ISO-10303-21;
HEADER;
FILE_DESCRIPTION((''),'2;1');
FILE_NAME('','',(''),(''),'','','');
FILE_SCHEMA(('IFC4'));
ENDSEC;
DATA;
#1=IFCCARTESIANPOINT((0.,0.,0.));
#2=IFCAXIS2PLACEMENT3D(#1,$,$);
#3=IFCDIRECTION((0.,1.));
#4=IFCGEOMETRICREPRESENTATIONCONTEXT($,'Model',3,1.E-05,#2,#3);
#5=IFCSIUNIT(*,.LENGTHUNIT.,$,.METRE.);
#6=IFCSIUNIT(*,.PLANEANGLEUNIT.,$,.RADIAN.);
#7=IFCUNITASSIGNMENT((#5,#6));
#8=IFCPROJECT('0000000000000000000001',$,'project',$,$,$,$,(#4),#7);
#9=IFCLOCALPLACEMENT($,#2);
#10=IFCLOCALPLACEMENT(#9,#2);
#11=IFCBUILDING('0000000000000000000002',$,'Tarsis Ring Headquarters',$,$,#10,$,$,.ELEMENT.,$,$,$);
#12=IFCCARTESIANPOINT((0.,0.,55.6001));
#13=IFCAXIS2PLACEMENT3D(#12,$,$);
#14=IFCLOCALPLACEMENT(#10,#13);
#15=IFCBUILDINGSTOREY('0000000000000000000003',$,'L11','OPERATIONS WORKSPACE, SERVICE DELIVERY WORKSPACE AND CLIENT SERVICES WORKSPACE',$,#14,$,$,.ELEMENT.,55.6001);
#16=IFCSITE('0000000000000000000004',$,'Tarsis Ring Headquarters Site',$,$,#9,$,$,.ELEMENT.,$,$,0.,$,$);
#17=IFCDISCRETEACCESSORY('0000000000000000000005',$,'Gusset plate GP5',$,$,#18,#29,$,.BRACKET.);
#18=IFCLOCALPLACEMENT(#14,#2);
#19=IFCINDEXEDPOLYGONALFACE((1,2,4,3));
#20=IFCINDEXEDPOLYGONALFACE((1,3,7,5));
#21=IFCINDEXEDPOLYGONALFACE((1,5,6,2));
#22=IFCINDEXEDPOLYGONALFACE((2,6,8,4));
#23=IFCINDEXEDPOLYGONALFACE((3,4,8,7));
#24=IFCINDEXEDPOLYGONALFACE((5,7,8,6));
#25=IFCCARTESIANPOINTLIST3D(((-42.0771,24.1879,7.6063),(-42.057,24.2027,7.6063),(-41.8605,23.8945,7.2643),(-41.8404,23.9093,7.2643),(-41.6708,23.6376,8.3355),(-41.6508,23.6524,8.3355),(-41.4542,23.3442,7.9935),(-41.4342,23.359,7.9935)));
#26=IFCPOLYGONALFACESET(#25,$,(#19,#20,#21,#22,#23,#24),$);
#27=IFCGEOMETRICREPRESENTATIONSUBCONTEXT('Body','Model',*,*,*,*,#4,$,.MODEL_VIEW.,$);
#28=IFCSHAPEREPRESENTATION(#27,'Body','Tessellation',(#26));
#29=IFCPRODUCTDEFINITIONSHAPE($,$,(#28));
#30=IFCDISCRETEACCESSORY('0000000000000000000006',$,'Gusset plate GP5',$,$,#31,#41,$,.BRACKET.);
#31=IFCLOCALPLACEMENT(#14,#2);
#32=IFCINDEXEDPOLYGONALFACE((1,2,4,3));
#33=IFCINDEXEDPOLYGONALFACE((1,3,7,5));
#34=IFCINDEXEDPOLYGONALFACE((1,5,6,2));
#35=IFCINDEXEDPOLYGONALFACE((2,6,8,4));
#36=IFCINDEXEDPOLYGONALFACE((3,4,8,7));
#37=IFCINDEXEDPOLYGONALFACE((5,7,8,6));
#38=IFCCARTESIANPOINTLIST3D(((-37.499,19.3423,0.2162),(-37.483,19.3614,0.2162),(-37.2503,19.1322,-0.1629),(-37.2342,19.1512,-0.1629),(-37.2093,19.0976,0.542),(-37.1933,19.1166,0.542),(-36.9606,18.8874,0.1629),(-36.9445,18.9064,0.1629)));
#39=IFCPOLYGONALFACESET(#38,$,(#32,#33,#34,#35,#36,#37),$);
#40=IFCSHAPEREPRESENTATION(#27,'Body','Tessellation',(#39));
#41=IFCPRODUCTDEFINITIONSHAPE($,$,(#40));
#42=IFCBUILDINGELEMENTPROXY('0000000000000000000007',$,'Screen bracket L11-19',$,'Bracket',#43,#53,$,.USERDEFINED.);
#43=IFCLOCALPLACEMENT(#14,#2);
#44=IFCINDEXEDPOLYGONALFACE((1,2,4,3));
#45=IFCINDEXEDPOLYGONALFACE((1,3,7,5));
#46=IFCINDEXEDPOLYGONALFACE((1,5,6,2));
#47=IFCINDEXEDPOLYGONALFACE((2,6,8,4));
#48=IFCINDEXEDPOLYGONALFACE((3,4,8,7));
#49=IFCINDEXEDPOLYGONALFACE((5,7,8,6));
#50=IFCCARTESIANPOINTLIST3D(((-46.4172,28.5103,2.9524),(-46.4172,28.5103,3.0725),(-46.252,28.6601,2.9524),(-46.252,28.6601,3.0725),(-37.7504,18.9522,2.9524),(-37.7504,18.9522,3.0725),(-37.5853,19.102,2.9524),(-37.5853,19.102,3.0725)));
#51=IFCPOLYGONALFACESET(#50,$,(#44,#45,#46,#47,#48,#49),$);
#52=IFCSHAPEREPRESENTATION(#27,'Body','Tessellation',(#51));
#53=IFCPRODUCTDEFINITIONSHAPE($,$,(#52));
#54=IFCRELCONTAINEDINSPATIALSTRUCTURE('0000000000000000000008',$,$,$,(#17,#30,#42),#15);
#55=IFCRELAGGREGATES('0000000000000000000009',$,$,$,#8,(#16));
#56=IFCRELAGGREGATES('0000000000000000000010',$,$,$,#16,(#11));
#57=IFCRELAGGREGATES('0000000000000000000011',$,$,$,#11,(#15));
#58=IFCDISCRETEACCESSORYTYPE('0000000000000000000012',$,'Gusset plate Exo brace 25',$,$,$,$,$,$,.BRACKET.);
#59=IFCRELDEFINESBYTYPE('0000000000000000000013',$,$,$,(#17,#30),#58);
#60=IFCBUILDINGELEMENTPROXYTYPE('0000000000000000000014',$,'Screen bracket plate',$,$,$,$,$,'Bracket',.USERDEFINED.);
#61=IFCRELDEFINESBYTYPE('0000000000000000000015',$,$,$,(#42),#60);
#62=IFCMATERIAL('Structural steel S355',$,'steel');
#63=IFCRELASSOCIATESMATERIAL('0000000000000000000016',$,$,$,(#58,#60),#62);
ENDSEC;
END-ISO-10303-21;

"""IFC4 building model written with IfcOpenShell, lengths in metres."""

from ifc_helpers import new_model, si_unit, direction, frame, origin, origin_2d, place, context, subcontext, project, spatial, rectangle, extrude, material, material_profile, profile_set, type_object, element, save


model = new_model("IFC4")

# Units and contexts
model_context = context("Model", 3, precision=1e-05, world=origin(), true_north=direction((0.0, 1.0)))
body_context = subcontext(model_context, "Body", "Model", "MODEL_VIEW")
ifc_project = project(units=[si_unit("LENGTHUNIT", "METRE"), si_unit("PLANEANGLEUNIT", "RADIAN")], contexts=[model_context])

# Site, building, storey
site_placement = place(None, origin())
site = spatial("IfcSite", under=ifc_project, at=site_placement, Name="Tarsis Ring Headquarters Site", CompositionType="ELEMENT", RefElevation=0.0)
building_placement = place(site_placement, origin())
building = spatial("IfcBuilding", under=site, at=building_placement, Name="Tarsis Ring Headquarters", CompositionType="ELEMENT")
storey_placement = place(building_placement, frame((0.0, 0.0, 55.6001)))
storey = spatial("IfcBuildingStorey", under=building, at=storey_placement, Name="L11", Description="OPERATIONS WORKSPACE, SERVICE DELIVERY WORKSPACE AND CLIENT SERVICES WORKSPACE", CompositionType="ELEMENT", Elevation=55.6001)

# Shared definitions
ifc_material_1 = material(Name="Structural steel S355", Category="steel")

# Discrete accessories
ifc_material_profile_1 = material_profile(ifc_material_1, rectangle(XDim=0.0249, YDim=0.5, at=origin_2d()), Name="PL 25x500")
ifc_profile_set_1 = profile_set([ifc_material_profile_1], Name="Structural steel S355")
discrete_accessory_type = type_object("IfcDiscreteAccessoryType", Name="Gusset plate Exo brace 25", PredefinedType="BRACKET", material=ifc_profile_set_1)
discrete_accessory_1_placement = place(storey_placement, frame((-41.9587, 24.0486, 7.4353), z_axis=(0.406318, -0.550385, 0.729371), x_axis=(0.804517, 0.593929, 0.0)))
element("IfcDiscreteAccessory", 1, at=discrete_accessory_1_placement, inside=storey, type_object=discrete_accessory_type, Name="Gusset plate GP5", PredefinedType="BRACKET", context=body_context, shape_type="SweptSolid", body=[
    extrude(rectangle(XDim=0.0249, YDim=0.5, at=origin_2d()), origin(), (0.0, 0.0, 1.0), 0.9998),
])
discrete_accessory_2_placement = place(storey_placement, frame((-37.0974, 19.0193, 0.0), z_axis=(-0.497726, 0.420551, 0.758555), x_axis=(-0.645404, -0.763841, 0.0)))
element("IfcDiscreteAccessory", 2, at=discrete_accessory_2_placement, inside=storey, type_object=discrete_accessory_type, Name="Gusset plate GP5", PredefinedType="BRACKET", context=body_context, shape_type="SweptSolid", body=[
    extrude(rectangle(XDim=0.0249, YDim=0.5, at=origin_2d()), origin(), (0.0, 0.0, 1.0), 0.4998),
])

# Building element proxy
building_element_proxy_type = type_object("IfcBuildingElementProxyType", Name="Screen bracket plate", ElementType="Bracket", PredefinedType="USERDEFINED", material=ifc_material_1)
proxy_placement = place(storey_placement, frame((-42.0012, 23.8062, 2.9524), z_axis=(0.0, 0.0, 1.0), x_axis=(0.671721, -0.740805, 0.0)))
element("IfcBuildingElementProxy", 3, at=proxy_placement, inside=storey, type_object=building_element_proxy_type, Name="Screen bracket L11-19", ObjectType="Bracket", PredefinedType="USERDEFINED", context=body_context, shape_type="SweptSolid", body=[
    extrude(rectangle(XDim=12.9023, YDim=0.2229, at=origin_2d()), origin(), (0.0, 0.0, 1.0), 0.1201),
])

save(model, "model.ifc")
